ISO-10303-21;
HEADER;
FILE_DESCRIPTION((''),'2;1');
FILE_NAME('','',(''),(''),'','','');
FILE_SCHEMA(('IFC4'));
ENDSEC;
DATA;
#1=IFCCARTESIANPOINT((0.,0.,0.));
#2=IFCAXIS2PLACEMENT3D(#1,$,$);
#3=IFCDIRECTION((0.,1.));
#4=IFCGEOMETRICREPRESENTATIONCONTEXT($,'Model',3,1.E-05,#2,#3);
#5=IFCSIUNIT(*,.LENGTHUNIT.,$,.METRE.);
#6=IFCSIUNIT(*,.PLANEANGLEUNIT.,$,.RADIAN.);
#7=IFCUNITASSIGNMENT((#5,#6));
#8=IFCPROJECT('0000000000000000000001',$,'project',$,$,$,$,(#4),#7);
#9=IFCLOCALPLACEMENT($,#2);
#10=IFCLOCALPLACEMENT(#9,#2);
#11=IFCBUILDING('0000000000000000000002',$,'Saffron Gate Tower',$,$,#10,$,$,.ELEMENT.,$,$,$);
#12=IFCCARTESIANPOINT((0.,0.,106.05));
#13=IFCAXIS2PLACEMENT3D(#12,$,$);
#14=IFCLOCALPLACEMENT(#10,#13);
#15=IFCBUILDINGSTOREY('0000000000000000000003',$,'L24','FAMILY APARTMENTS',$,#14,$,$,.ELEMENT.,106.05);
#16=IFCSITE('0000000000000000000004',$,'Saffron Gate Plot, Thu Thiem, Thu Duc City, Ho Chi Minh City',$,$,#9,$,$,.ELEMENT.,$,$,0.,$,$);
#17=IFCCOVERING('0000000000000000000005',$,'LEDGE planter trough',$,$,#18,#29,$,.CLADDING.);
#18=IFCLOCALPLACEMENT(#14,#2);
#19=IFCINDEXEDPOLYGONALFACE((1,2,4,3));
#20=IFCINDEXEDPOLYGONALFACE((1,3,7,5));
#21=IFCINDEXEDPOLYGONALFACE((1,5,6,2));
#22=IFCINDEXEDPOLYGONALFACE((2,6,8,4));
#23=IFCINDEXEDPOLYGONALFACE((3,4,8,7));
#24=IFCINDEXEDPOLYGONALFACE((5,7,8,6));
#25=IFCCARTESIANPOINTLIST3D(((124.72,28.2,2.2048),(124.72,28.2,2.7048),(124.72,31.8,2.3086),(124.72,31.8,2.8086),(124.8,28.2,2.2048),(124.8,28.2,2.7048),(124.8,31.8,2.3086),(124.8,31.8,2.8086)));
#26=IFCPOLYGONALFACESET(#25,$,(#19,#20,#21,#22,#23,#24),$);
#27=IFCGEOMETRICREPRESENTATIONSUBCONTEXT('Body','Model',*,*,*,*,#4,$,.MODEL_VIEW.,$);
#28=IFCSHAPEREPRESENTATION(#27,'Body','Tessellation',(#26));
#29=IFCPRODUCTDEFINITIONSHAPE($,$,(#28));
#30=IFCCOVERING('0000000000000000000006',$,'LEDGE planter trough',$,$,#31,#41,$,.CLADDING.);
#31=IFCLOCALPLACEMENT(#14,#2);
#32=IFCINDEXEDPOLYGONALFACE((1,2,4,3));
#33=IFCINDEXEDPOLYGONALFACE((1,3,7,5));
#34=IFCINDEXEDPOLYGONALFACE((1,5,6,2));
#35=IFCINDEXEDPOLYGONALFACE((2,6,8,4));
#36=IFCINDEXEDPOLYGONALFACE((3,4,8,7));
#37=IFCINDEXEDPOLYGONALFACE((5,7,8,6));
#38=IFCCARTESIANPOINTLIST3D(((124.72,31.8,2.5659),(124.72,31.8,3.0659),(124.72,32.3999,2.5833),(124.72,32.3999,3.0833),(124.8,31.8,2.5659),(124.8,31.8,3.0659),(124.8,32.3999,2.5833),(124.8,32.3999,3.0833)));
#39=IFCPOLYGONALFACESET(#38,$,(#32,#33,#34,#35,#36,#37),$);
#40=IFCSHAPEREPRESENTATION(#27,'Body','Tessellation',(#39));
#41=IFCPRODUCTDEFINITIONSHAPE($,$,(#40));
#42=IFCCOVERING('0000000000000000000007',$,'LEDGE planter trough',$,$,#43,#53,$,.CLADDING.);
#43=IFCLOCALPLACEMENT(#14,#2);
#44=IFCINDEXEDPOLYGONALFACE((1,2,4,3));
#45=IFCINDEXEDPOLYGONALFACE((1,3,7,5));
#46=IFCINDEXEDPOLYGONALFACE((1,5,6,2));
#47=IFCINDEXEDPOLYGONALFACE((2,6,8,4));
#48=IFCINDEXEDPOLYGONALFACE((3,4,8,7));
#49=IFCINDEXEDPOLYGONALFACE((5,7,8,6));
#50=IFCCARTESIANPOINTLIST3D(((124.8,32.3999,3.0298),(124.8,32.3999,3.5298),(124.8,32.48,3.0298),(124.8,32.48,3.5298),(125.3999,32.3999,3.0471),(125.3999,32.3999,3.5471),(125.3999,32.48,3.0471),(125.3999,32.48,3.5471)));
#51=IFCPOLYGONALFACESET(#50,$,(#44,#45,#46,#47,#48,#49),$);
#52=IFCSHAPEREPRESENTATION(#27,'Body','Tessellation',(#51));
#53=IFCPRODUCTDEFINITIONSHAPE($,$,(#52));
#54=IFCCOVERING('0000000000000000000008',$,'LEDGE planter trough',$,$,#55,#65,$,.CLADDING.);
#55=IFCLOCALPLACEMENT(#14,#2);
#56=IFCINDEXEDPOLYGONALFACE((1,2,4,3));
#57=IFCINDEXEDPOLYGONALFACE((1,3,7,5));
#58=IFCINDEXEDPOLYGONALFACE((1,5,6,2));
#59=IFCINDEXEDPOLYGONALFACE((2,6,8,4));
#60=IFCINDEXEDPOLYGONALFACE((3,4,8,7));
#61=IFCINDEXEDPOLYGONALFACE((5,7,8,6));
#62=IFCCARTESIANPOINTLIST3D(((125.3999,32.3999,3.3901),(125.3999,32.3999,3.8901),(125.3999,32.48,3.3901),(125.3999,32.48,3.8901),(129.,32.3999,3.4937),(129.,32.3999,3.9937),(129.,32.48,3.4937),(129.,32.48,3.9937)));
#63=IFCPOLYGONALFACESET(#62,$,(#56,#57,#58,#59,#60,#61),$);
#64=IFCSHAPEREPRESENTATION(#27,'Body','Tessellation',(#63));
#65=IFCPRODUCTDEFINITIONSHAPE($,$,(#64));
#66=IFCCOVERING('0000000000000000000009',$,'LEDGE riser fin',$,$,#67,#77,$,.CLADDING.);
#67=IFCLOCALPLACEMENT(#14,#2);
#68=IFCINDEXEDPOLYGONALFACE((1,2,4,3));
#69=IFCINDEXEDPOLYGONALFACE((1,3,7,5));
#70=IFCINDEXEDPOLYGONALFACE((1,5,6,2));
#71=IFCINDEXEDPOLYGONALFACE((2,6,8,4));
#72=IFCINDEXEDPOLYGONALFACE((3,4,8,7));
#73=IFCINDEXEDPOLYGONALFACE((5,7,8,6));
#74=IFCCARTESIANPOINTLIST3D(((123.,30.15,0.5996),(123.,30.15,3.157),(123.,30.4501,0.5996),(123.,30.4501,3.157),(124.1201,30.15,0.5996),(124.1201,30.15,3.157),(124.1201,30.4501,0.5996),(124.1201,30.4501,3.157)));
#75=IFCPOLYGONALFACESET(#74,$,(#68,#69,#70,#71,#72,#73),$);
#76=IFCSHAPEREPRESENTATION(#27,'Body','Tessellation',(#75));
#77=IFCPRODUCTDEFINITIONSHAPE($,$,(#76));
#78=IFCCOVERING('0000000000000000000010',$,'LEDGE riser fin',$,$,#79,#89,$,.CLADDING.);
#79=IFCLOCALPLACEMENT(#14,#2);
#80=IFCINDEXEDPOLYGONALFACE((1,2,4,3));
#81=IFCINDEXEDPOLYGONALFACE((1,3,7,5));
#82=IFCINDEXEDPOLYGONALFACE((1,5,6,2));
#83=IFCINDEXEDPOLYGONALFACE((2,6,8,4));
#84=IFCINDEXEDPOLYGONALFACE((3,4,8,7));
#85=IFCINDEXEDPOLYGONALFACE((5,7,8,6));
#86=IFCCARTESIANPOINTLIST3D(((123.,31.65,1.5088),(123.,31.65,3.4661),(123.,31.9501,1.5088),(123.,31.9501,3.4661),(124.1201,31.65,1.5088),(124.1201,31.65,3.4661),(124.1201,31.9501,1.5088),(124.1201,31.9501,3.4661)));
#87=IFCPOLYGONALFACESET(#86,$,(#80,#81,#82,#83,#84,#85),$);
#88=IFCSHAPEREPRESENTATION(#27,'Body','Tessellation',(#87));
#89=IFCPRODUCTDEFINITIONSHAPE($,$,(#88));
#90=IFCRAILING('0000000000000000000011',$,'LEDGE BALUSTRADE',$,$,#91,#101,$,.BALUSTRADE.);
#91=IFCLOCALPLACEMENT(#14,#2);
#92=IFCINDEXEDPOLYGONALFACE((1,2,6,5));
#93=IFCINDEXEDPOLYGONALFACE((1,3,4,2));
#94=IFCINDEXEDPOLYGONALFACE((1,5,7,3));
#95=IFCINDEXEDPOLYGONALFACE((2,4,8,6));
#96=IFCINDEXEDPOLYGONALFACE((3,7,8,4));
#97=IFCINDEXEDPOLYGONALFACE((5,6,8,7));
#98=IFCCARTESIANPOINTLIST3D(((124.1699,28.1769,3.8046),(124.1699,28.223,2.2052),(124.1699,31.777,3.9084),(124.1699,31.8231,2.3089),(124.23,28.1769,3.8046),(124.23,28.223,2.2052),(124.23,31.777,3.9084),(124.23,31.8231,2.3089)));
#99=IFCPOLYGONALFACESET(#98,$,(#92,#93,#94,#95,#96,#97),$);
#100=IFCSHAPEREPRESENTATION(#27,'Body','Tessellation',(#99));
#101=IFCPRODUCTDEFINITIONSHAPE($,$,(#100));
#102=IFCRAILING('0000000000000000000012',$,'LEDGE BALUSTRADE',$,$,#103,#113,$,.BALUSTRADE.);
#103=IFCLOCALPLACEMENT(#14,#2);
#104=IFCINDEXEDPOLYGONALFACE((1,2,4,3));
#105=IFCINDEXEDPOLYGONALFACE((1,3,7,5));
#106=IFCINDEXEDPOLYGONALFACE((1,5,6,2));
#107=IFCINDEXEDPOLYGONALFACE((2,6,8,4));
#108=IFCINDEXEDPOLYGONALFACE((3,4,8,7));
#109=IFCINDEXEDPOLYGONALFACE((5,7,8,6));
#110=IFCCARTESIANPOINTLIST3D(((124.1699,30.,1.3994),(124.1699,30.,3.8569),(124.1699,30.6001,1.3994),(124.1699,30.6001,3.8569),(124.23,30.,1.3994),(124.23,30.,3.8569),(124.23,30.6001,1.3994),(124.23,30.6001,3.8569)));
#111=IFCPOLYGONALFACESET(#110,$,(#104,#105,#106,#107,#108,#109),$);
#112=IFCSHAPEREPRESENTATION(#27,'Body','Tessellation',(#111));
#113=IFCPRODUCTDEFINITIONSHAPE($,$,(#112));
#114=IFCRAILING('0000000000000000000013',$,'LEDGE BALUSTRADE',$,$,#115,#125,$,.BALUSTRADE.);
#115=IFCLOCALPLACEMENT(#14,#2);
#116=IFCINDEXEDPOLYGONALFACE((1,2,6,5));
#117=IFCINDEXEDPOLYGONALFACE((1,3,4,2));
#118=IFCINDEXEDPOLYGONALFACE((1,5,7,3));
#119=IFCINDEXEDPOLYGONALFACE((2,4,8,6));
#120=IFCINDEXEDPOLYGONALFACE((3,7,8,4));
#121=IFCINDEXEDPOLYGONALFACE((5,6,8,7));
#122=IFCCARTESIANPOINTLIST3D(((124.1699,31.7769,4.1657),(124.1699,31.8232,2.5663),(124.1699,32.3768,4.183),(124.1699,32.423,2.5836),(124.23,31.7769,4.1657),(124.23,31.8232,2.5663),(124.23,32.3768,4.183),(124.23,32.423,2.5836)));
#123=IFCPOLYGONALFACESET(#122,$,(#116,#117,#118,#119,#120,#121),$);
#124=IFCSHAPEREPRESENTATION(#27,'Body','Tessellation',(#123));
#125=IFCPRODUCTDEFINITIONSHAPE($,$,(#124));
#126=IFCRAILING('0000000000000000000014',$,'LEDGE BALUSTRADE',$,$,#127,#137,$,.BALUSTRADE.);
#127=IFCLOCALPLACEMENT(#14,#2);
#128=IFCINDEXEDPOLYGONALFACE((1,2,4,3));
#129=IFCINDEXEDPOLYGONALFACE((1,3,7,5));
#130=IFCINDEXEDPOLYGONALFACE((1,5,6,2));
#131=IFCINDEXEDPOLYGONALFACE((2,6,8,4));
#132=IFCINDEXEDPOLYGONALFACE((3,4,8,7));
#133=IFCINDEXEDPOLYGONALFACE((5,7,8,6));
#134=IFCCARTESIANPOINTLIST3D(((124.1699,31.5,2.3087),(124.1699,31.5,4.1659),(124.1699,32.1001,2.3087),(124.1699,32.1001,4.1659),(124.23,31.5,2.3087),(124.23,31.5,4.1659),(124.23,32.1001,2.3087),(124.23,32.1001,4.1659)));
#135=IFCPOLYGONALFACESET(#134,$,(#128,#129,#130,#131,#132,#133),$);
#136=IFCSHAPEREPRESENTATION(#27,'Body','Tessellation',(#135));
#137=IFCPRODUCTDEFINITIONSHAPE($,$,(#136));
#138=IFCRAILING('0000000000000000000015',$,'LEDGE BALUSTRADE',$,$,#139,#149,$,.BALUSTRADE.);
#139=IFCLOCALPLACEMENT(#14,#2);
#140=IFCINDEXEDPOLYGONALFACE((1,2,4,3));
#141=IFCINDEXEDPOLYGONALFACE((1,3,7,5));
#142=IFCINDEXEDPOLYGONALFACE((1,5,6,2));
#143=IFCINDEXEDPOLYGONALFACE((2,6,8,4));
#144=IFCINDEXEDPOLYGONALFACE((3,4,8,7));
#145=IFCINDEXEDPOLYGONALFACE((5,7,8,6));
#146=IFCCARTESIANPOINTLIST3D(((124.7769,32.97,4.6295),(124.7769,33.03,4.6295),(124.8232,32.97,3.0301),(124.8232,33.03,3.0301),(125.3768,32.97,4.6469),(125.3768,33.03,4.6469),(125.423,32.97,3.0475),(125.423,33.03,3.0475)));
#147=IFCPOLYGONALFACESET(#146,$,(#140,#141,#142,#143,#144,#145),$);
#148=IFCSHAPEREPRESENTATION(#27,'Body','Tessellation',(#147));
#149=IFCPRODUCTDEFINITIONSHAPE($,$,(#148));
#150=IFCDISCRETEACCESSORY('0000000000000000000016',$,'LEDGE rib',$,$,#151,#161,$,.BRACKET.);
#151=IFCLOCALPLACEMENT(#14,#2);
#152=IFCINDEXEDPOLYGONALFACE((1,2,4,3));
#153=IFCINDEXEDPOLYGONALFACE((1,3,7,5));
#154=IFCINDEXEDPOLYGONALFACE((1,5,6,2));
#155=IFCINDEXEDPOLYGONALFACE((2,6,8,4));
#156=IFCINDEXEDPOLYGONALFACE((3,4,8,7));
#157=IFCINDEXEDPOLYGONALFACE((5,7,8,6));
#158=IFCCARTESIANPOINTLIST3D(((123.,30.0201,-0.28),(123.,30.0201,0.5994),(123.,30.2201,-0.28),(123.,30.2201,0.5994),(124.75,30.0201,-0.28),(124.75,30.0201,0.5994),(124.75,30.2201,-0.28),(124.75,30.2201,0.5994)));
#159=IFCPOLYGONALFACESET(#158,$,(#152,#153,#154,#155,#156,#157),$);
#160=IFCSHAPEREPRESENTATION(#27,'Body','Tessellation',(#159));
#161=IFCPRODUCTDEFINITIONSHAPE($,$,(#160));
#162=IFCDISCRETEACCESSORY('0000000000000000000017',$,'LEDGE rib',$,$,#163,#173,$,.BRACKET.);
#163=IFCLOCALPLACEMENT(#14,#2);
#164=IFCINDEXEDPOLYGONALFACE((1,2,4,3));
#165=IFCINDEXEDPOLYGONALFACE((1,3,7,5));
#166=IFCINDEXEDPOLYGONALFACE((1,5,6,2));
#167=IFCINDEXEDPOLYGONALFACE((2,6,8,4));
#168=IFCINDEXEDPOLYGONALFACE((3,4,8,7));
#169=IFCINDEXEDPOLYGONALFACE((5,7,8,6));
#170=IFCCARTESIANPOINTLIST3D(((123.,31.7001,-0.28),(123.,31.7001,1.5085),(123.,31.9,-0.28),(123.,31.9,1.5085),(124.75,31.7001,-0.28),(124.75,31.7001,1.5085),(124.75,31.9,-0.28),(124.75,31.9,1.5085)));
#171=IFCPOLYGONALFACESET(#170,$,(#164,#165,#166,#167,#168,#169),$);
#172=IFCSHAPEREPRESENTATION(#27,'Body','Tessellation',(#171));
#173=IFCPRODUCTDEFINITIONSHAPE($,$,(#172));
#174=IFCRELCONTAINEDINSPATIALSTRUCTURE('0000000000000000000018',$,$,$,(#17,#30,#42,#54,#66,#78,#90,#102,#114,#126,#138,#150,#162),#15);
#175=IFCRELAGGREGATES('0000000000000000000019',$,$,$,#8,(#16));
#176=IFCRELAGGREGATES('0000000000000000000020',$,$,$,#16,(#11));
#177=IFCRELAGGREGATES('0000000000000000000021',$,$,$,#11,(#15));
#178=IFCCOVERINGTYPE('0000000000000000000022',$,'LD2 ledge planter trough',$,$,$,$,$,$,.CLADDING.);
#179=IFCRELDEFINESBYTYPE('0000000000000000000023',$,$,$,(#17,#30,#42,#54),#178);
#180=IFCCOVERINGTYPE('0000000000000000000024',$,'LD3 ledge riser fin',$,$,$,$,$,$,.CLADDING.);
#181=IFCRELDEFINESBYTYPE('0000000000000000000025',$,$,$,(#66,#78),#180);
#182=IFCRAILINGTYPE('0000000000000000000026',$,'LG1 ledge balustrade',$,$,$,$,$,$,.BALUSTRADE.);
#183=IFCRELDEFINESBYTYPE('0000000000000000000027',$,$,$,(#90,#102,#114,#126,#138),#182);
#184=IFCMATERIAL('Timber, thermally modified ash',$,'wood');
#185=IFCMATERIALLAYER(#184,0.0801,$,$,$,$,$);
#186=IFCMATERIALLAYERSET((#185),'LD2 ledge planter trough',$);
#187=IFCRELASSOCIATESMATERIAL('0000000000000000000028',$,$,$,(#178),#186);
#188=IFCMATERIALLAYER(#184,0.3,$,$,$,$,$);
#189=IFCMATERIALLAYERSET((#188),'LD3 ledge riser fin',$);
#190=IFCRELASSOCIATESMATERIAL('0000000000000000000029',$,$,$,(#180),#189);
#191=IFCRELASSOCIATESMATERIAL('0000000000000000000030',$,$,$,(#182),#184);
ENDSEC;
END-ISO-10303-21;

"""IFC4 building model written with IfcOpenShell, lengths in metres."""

from ifc_helpers import new_model, si_unit, direction, frame, origin, origin_2d, place, context, subcontext, project, spatial, polyline, rectangle, outline, extrude, material, layer, layer_set, type_object, element, save


model = new_model("IFC4")

# Units and contexts
model_context = context("Model", 3, precision=1e-05, world=origin(), true_north=direction((0.0, 1.0)))
body_context = subcontext(model_context, "Body", "Model", "MODEL_VIEW")
ifc_project = project(units=[si_unit("LENGTHUNIT", "METRE"), si_unit("PLANEANGLEUNIT", "RADIAN")], contexts=[model_context])

# Site, building, storey
site_placement = place(None, origin())
site = spatial("IfcSite", under=ifc_project, at=site_placement, Name="Saffron Gate Plot, Thu Thiem, Thu Duc City, Ho Chi Minh City", CompositionType="ELEMENT", RefElevation=0.0)
building_placement = place(site_placement, origin())
building = spatial("IfcBuilding", under=site, at=building_placement, Name="Saffron Gate Tower", CompositionType="ELEMENT")
storey_placement = place(building_placement, frame((0.0, 0.0, 106.05)))
storey = spatial("IfcBuildingStorey", under=building, at=storey_placement, Name="L24", Description="FAMILY APARTMENTS", CompositionType="ELEMENT", Elevation=106.05)

# Coverings
ifc_material = material(Name="Timber, thermally modified ash", Category="wood")
ifc_layer_1 = layer(ifc_material, 0.0801)
ifc_layer_set_1 = layer_set([ifc_layer_1], Name="LD2 ledge planter trough")
covering_type_1 = type_object("IfcCoveringType", Name="LD2 ledge planter trough", PredefinedType="CLADDING", material=ifc_layer_set_1)
covering_1_placement = place(storey_placement, frame((124.8, 28.2, 2.2048), z_axis=(1.0, 0.0, 0.0), x_axis=(0.0, 0.999585, 0.028809)))
element("IfcCovering", 1, at=covering_1_placement, inside=storey, type_object=covering_type_1, Name="LEDGE planter trough", PredefinedType="CLADDING", context=body_context, shape_type="SweptSolid", body=[
    extrude(outline(polyline([(0.0, 0.0), (3.6016, 0.0), (3.616, 0.4998), (0.0144, 0.4998), (0.0, 0.0)])), origin(), (0.0, 0.0, -1.0), 0.0801),
])
for number, where, z_axis, x_axis, name in (
    (2, (124.8, 31.8, 2.5659), (1.0, 0.0, 0.0), (0.0, 0.999583, 0.028885), "LEDGE planter trough"),
    (3, (124.8, 32.3999, 3.0298), (0.0, -1.0, 0.0), (0.999583, 0.0, 0.028885), "LEDGE planter trough"),
):
    element("IfcCovering", number, at=place(storey_placement, frame(where, z_axis=z_axis, x_axis=x_axis)), inside=storey, type_object=covering_type_1, Name=name, PredefinedType="CLADDING", context=body_context, shape_type="SweptSolid", body=[
        extrude(outline(polyline([(0.0, 0.0), (0.6001, 0.0), (0.6145, 0.4998), (0.0144, 0.4998), (0.0, 0.0)])), origin(), (0.0, 0.0, -1.0), 0.0801),
    ])
covering_2_placement = place(storey_placement, frame((125.3999, 32.3999, 3.3901), z_axis=(0.0, -1.0, 0.0), x_axis=(0.999587, 0.0, 0.028742)))
element("IfcCovering", 4, at=covering_2_placement, inside=storey, type_object=covering_type_1, Name="LEDGE planter trough", PredefinedType="CLADDING", context=body_context, shape_type="SweptSolid", body=[
    extrude(outline(polyline([(0.0, 0.0), (3.6016, 0.0), (3.616, 0.4998), (0.0144, 0.4998), (0.0, 0.0)])), origin(), (0.0, 0.0, -1.0), 0.0801),
])
ifc_layer_2 = layer(ifc_material, 0.3)
ifc_layer_set_2 = layer_set([ifc_layer_2], Name="LD3 ledge riser fin")
covering_type_2 = type_object("IfcCoveringType", Name="LD3 ledge riser fin", PredefinedType="CLADDING", material=ifc_layer_set_2)
covering_3_placement = place(storey_placement, frame((123.5601, 30.3, 0.5996), z_axis=(0.0, 0.0, 1.0), x_axis=(0.0, 1.0, 0.0)))
element("IfcCovering", 5, at=covering_3_placement, inside=storey, type_object=covering_type_2, Name="LEDGE riser fin", PredefinedType="CLADDING", context=body_context, shape_type="SweptSolid", body=[
    extrude(rectangle(XDim=0.3, YDim=1.1201, at=origin_2d()), origin(), (0.0, 0.0, 1.0), 2.5574),
])
covering_4_placement = place(storey_placement, frame((123.5601, 31.8, 1.5088), z_axis=(0.0, 0.0, 1.0), x_axis=(0.0, 1.0, 0.0)))
element("IfcCovering", 6, at=covering_4_placement, inside=storey, type_object=covering_type_2, Name="LEDGE riser fin", PredefinedType="CLADDING", context=body_context, shape_type="SweptSolid", body=[
    extrude(rectangle(XDim=0.3, YDim=1.1201, at=origin_2d()), origin(), (0.0, 0.0, 1.0), 1.9573),
])

# Railings
railing_type = type_object("IfcRailingType", Name="LG1 ledge balustrade", PredefinedType="BALUSTRADE", material=ifc_material)
railing_1_placement = place(storey_placement, frame((124.2, 28.2, 2.2048)))
element("IfcRailing", 7, at=railing_1_placement, inside=storey, type_object=railing_type, Name="LEDGE BALUSTRADE", PredefinedType="BALUSTRADE", context=body_context, shape_type="SweptSolid", body=[
    extrude(rectangle(XDim=0.0601, YDim=1.6001, at=origin_2d()), frame((0.0, 0.0, 0.8), z_axis=(0.0, 0.999585, 0.028809), x_axis=(-1.0, 0.0, 0.0)), (0.0, 0.0, 1.0), 3.6016),
])
railing_2_placement = place(storey_placement, frame((124.2, 30.0, 1.3994)))
element("IfcRailing", 8, at=railing_2_placement, inside=storey, type_object=railing_type, Name="LEDGE BALUSTRADE", PredefinedType="BALUSTRADE", context=body_context, shape_type="SweptSolid", body=[
    extrude(rectangle(XDim=0.0601, YDim=2.4575, at=origin_2d()), frame((0.0, 0.0, 1.2288), z_axis=(0.0, 1.0, 0.0), x_axis=(-1.0, 0.0, 0.0)), (0.0, 0.0, 1.0), 0.6001),
])
railing_3_placement = place(storey_placement, frame((124.2, 31.8, 2.5659)))
element("IfcRailing", 9, at=railing_3_placement, inside=storey, type_object=railing_type, Name="LEDGE BALUSTRADE", PredefinedType="BALUSTRADE", context=body_context, shape_type="SweptSolid", body=[
    extrude(rectangle(XDim=0.0601, YDim=1.6001, at=origin_2d()), frame((0.0, 0.0, 0.8), z_axis=(0.0, 0.999583, 0.028885), x_axis=(-1.0, 0.0, 0.0)), (0.0, 0.0, 1.0), 0.6001),
])
railing_4_placement = place(storey_placement, frame((124.2, 31.5, 2.3086)))
element("IfcRailing", 10, at=railing_4_placement, inside=storey, type_object=railing_type, Name="LEDGE BALUSTRADE", PredefinedType="BALUSTRADE", context=body_context, shape_type="SweptSolid", body=[
    extrude(rectangle(XDim=0.0601, YDim=1.8572, at=origin_2d()), frame((0.0, 0.0, 0.9287), z_axis=(0.0, 1.0, 0.0), x_axis=(-1.0, 0.0, 0.0)), (0.0, 0.0, 1.0), 0.6001),
])
railing_5_placement = place(storey_placement, frame((124.8, 33.0, 3.0298)))
element("IfcRailing", 11, at=railing_5_placement, inside=storey, type_object=railing_type, Name="LEDGE BALUSTRADE", PredefinedType="BALUSTRADE", context=body_context, shape_type="SweptSolid", body=[
    extrude(rectangle(XDim=0.0601, YDim=1.6001, at=origin_2d()), frame((0.0, 0.0, 0.8), z_axis=(0.999583, 0.0, 0.028885), x_axis=(0.0, 1.0, 0.0)), (0.0, 0.0, 1.0), 0.6001),
])

# Discrete accessories
discrete_accessory_1_placement = place(storey_placement, frame((123.875, 30.1201, -0.28), z_axis=(0.0, 0.0, 1.0), x_axis=(0.0, 1.0, 0.0)))
element("IfcDiscreteAccessory", 12, at=discrete_accessory_1_placement, inside=storey, Name="LEDGE rib", PredefinedType="BRACKET", context=body_context, shape_type="SweptSolid", body=[
    extrude(rectangle(XDim=0.2, YDim=1.75, at=origin_2d()), origin(), (0.0, 0.0, 1.0), 0.8794),
])
discrete_accessory_2_placement = place(storey_placement, frame((123.875, 31.8, -0.28), z_axis=(0.0, 0.0, 1.0), x_axis=(0.0, 1.0, 0.0)))
element("IfcDiscreteAccessory", 13, at=discrete_accessory_2_placement, inside=storey, Name="LEDGE rib", PredefinedType="BRACKET", context=body_context, shape_type="SweptSolid", body=[
    extrude(rectangle(XDim=0.2, YDim=1.75, at=origin_2d()), origin(), (0.0, 0.0, 1.0), 1.7886),
])

save(model, "model.ifc")
